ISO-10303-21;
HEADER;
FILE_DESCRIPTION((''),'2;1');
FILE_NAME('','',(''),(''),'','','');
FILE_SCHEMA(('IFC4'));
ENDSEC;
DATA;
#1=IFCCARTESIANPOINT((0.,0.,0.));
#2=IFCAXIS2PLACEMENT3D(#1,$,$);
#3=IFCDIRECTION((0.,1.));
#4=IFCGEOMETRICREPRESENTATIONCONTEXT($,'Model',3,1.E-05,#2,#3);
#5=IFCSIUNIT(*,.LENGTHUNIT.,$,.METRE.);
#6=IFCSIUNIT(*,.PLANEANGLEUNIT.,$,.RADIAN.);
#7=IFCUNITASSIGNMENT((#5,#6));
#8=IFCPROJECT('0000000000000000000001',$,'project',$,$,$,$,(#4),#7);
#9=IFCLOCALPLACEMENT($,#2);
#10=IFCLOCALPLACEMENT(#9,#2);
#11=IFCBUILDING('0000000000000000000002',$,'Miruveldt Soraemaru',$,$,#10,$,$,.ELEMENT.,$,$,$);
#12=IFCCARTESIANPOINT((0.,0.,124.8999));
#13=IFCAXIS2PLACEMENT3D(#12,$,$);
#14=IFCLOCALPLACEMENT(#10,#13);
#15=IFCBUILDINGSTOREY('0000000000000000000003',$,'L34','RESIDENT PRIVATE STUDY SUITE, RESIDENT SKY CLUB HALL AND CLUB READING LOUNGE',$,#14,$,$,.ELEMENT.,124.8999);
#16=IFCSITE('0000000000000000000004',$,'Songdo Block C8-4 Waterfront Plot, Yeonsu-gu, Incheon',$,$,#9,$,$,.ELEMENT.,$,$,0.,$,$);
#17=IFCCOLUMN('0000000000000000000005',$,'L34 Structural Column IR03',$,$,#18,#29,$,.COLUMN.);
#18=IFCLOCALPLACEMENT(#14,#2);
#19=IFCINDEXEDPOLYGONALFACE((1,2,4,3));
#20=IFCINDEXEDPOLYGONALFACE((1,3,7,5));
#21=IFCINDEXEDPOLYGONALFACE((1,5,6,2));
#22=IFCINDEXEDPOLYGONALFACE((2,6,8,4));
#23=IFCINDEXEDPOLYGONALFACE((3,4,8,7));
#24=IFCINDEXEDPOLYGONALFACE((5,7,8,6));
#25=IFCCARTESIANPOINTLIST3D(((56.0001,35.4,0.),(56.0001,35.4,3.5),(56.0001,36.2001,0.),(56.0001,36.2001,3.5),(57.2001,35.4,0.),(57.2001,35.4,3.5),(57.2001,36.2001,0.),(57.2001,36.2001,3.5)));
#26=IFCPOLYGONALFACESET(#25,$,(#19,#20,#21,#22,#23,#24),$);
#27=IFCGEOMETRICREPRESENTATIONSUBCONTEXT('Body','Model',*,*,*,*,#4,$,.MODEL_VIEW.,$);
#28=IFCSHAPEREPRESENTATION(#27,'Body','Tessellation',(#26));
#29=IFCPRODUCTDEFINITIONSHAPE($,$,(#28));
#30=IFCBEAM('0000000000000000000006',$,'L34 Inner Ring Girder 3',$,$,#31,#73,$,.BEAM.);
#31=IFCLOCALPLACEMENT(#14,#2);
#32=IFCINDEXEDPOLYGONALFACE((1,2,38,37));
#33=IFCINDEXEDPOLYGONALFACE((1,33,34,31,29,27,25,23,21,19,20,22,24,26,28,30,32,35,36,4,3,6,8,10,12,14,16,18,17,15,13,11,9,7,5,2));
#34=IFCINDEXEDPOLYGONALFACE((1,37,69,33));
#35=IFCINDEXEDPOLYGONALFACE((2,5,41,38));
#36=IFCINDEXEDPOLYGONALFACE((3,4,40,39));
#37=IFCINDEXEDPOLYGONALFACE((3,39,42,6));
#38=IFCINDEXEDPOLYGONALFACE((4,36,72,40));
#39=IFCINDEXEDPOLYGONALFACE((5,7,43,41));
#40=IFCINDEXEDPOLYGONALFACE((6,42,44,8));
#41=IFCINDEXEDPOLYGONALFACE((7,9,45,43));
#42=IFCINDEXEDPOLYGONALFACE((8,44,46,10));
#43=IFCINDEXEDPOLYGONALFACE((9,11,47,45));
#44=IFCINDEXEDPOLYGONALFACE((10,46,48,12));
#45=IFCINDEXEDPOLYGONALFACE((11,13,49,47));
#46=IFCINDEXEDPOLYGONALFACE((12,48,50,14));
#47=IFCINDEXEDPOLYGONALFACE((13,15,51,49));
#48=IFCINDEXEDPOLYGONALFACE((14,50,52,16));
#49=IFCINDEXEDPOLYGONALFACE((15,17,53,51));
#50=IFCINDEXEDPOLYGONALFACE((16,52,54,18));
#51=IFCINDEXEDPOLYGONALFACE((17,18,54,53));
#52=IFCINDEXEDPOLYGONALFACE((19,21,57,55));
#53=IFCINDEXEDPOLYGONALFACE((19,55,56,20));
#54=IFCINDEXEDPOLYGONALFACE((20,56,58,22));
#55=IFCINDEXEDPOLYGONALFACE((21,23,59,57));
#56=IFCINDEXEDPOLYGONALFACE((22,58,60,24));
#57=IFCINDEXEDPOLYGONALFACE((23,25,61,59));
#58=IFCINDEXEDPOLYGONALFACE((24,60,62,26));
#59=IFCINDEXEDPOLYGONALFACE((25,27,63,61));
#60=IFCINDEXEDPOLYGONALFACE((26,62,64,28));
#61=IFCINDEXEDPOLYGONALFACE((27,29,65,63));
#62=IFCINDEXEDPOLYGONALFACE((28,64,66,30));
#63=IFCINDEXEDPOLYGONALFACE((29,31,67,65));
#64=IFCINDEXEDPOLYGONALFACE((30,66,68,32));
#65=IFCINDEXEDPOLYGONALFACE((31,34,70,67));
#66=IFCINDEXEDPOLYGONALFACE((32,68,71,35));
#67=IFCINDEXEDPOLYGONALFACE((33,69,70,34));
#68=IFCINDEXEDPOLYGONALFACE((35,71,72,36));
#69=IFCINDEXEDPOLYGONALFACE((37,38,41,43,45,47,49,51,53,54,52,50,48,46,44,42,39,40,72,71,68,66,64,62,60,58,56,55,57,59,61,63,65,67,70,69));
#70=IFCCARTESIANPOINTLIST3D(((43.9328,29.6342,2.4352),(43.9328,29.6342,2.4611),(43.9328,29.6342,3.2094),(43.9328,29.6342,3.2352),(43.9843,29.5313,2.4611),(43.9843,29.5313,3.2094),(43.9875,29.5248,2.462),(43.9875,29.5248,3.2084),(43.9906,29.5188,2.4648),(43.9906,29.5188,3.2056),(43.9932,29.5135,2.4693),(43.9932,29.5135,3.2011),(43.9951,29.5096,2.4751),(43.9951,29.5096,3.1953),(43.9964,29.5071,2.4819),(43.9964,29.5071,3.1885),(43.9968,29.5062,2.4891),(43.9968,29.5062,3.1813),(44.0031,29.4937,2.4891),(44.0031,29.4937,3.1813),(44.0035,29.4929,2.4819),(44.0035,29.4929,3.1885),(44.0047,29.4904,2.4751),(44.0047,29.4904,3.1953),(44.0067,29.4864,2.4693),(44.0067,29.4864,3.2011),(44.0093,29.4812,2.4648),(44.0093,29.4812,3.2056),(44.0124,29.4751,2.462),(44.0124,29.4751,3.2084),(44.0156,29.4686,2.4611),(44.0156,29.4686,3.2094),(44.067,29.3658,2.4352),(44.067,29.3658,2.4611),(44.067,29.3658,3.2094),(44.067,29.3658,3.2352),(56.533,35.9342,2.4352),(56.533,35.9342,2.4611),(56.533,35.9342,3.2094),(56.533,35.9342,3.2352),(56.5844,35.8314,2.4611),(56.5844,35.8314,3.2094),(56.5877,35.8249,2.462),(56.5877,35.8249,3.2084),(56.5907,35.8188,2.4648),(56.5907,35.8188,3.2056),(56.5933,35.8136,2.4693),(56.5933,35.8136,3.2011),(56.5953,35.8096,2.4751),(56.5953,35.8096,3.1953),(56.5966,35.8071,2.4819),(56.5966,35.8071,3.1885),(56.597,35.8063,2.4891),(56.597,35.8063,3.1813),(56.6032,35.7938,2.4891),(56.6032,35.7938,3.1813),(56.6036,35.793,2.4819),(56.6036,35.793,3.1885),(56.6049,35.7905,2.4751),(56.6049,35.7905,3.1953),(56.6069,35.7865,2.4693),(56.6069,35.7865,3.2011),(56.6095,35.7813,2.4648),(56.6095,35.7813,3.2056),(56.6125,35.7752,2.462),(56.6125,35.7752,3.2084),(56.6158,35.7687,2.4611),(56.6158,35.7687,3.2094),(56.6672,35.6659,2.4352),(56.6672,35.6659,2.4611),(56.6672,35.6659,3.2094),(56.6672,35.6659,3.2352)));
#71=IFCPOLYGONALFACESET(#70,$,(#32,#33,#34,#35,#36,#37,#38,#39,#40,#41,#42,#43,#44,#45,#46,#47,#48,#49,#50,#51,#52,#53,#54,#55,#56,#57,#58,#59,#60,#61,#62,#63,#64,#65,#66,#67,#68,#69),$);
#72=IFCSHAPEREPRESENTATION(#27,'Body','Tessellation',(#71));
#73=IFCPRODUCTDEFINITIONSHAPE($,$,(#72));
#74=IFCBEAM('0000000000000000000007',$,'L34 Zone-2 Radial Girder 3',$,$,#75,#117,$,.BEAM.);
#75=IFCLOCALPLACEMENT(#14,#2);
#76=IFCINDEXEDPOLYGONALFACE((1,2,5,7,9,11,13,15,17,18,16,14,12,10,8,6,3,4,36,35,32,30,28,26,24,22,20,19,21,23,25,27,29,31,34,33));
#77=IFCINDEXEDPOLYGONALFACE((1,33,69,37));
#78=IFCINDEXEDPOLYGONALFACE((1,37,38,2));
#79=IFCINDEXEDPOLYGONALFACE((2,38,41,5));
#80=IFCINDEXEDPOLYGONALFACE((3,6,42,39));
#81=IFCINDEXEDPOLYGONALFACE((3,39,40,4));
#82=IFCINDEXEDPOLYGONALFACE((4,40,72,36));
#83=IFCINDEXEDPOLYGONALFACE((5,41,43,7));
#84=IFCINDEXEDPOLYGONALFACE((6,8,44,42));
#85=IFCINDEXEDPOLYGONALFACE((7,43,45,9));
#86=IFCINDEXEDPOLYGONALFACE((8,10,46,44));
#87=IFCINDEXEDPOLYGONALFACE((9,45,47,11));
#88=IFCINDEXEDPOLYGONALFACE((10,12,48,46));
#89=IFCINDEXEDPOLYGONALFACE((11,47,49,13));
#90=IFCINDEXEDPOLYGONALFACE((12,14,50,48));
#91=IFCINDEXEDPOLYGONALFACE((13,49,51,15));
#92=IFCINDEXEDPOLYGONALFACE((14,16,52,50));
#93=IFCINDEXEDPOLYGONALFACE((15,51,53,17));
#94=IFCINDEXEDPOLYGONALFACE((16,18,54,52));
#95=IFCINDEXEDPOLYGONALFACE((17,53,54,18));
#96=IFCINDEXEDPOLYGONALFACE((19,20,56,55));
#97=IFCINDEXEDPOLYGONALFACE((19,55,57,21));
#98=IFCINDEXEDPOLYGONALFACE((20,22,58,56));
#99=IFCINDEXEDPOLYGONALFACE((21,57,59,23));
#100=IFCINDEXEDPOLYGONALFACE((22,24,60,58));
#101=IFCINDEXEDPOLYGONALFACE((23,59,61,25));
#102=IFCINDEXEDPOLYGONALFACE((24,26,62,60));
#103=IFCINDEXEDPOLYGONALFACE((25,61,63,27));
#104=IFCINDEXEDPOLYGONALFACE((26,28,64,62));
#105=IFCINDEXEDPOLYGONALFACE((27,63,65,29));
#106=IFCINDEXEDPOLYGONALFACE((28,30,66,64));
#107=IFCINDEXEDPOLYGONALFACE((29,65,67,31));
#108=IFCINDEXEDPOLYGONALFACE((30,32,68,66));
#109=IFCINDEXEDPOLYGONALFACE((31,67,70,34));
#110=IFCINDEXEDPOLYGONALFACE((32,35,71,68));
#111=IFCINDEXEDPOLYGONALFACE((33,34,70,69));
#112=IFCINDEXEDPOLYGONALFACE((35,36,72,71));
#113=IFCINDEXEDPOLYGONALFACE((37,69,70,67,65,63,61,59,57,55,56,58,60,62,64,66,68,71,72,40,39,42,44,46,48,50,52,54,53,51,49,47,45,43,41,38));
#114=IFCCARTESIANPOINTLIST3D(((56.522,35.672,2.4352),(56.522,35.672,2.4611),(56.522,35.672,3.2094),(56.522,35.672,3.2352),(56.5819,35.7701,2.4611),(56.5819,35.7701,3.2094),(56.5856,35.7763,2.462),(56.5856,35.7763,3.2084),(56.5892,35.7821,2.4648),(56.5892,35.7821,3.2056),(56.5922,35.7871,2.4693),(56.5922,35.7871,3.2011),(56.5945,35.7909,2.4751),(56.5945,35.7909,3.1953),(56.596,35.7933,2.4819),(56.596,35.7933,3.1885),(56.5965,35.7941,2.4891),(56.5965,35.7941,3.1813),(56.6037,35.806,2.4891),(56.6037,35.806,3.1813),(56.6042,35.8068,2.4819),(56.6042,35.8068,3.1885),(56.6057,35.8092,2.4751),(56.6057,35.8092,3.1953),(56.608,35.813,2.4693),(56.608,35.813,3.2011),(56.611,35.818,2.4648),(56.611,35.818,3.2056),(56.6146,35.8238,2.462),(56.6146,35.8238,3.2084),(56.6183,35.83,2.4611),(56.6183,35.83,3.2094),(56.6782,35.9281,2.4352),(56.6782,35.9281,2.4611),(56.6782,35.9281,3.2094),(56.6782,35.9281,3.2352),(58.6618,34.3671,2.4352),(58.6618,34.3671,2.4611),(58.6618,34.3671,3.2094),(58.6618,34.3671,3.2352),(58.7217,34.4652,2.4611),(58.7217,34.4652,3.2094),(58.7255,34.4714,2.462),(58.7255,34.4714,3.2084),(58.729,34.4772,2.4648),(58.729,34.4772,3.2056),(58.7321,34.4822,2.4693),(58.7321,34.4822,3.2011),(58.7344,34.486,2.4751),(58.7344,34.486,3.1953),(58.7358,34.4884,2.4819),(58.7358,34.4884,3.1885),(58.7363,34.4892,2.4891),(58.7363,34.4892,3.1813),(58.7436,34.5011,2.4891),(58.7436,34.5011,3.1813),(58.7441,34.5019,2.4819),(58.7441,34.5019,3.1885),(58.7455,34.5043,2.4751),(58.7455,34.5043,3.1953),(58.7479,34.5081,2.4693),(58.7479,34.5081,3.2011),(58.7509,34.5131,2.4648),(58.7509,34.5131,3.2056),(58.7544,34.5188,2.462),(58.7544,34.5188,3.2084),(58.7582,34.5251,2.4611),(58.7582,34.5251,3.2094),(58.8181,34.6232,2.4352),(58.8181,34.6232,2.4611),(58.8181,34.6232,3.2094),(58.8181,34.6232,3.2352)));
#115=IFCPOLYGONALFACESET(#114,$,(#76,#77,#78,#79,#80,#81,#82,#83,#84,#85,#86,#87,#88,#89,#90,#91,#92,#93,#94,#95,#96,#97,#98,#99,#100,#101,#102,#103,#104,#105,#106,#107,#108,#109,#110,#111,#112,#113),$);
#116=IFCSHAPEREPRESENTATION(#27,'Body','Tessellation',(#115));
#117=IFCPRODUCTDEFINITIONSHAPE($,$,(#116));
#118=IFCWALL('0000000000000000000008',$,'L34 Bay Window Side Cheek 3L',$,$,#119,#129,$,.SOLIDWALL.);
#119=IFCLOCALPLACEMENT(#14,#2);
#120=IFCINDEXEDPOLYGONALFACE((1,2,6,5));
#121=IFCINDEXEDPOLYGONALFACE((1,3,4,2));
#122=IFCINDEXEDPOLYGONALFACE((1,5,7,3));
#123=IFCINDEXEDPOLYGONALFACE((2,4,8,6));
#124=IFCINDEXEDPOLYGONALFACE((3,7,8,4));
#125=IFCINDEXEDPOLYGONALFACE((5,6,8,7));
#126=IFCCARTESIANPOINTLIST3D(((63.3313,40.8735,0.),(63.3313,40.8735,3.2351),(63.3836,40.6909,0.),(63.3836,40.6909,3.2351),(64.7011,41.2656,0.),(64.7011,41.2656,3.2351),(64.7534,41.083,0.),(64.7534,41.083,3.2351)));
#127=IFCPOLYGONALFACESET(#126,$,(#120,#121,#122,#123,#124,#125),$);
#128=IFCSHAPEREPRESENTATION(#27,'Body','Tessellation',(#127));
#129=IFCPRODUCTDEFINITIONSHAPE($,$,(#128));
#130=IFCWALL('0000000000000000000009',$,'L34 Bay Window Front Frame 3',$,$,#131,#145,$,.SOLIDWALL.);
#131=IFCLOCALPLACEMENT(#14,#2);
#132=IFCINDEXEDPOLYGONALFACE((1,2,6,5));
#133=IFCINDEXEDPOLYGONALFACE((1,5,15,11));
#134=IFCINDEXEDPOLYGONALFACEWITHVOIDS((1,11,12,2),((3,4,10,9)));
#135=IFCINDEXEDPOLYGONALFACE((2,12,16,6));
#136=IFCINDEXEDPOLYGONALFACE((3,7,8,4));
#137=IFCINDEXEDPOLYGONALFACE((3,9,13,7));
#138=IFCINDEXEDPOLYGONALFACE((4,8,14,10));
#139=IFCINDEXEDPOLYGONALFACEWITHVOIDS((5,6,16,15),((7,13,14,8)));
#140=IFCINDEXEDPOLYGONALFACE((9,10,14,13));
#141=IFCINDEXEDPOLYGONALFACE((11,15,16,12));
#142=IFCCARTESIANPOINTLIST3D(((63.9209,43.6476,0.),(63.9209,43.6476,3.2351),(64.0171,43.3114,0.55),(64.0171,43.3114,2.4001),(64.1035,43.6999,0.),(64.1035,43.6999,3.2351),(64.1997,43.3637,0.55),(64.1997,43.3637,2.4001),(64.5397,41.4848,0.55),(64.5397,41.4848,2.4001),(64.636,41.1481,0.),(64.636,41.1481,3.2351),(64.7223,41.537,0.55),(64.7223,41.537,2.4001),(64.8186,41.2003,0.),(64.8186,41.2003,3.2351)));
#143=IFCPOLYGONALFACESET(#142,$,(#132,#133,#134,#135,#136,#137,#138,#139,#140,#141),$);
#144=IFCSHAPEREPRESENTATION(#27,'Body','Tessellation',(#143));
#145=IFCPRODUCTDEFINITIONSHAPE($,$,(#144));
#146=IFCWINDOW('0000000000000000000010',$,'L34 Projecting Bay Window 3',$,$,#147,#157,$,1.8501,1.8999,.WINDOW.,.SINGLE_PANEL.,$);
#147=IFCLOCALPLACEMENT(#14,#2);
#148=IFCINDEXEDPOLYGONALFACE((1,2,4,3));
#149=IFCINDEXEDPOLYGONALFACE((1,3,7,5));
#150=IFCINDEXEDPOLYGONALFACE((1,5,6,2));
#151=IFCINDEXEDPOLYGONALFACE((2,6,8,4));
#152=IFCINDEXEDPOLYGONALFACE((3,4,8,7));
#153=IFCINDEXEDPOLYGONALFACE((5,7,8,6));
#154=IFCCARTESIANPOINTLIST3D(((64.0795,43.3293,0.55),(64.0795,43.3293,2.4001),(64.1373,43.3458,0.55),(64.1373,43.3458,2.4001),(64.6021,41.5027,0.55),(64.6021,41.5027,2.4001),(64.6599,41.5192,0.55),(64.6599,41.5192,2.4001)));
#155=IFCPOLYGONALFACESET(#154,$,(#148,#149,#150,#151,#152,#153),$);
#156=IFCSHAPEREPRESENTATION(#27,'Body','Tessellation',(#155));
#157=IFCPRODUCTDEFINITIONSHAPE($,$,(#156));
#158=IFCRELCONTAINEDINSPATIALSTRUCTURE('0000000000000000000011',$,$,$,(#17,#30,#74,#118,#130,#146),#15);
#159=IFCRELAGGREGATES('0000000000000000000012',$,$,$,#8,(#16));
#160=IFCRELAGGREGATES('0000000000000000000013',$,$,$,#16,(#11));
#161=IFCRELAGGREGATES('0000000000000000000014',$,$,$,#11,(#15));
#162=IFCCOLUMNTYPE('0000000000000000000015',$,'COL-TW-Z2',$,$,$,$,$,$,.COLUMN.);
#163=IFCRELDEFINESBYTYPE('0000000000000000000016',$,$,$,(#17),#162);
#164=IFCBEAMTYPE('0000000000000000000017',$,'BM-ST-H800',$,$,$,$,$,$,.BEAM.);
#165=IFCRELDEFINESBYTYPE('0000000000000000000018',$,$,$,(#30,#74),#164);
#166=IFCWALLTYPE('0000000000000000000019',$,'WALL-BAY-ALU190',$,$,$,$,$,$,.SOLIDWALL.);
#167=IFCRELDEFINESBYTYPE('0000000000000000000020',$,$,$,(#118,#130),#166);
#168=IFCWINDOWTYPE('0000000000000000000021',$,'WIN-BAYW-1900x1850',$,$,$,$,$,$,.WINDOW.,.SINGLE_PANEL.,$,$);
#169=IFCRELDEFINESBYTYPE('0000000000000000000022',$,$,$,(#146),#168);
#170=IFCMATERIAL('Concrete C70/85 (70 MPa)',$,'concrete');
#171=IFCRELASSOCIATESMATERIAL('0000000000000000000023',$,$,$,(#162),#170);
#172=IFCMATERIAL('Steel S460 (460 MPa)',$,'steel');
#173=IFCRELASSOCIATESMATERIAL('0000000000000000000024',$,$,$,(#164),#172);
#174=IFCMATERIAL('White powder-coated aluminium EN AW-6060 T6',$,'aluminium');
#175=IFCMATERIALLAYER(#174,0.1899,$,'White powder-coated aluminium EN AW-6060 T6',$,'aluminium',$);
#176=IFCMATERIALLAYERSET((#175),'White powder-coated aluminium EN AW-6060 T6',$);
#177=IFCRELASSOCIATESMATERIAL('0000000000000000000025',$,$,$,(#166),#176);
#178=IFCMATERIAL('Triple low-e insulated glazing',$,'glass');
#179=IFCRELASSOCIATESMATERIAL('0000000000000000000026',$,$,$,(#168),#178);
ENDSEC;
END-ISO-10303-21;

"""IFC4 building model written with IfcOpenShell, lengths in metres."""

from ifc_helpers import new_model, si_unit, direction, frame, frame_2d, origin, origin_2d, place, context, subcontext, project, spatial, rectangle, i_section, extrude, material, layer, layer_set, material_profile, profile_set, type_object, element, fill, save


model = new_model("IFC4")

# Units and contexts
model_context = context("Model", 3, precision=1e-05, world=origin(), true_north=direction((0.0, 1.0)))
body_context = subcontext(model_context, "Body", "Model", "MODEL_VIEW")
ifc_project = project(units=[si_unit("LENGTHUNIT", "METRE"), si_unit("PLANEANGLEUNIT", "RADIAN")], contexts=[model_context])

# Site, building, storey
site_placement = place(None, origin())
site = spatial("IfcSite", under=ifc_project, at=site_placement, Name="Songdo Block C8-4 Waterfront Plot, Yeonsu-gu, Incheon", CompositionType="ELEMENT", RefElevation=0.0)
building_placement = place(site_placement, origin())
building = spatial("IfcBuilding", under=site, at=building_placement, Name="Miruveldt Soraemaru", CompositionType="ELEMENT")
storey_placement = place(building_placement, frame((0.0, 0.0, 124.8999)))
storey = spatial("IfcBuildingStorey", under=building, at=storey_placement, Name="L34", Description="RESIDENT PRIVATE STUDY SUITE, RESIDENT SKY CLUB HALL AND CLUB READING LOUNGE", CompositionType="ELEMENT", Elevation=124.8999)

# Column
ifc_material_1 = material(Name="Concrete C70/85 (70 MPa)", Category="concrete")
ifc_material_profile_1 = material_profile(ifc_material_1, rectangle(XDim=1.2, YDim=0.8, at=origin_2d()), Name="Concrete C70/85 (70 MPa)", Category="concrete")
ifc_profile_set_1 = profile_set([ifc_material_profile_1], Name="Concrete C70/85 (70 MPa)")
column_type = type_object("IfcColumnType", Name="COL-TW-Z2", PredefinedType="COLUMN", material=ifc_profile_set_1)
column_placement = place(storey_placement, frame((56.6001, 35.8, 0.0), z_axis=(0.0, 0.0, 1.0), x_axis=(1.0, 0.0, 0.0)))
element("IfcColumn", 1, at=column_placement, inside=storey, type_object=column_type, Name="L34 Structural Column IR03", PredefinedType="COLUMN", context=body_context, shape_type="SweptSolid", body=[
    extrude(rectangle(XDim=1.2, YDim=0.8, at=origin_2d()), origin(), (0.0, 0.0, 1.0), 3.5),
])

# Beams
ifc_material_2 = material(Name="Steel S460 (460 MPa)", Category="steel")
ifc_material_profile_2 = material_profile(ifc_material_2, i_section(OverallWidth=0.3, OverallDepth=0.8, WebThickness=0.0139, FlangeThickness=0.0259, FilletRadius=0.0281, at=origin_2d()), Name="Steel S460 (460 MPa)", Category="steel")
ifc_profile_set_2 = profile_set([ifc_material_profile_2], Name="Steel S460 (460 MPa)")
beam_type = type_object("IfcBeamType", Name="BM-ST-H800", PredefinedType="BEAM", material=ifc_profile_set_2)
beam_1_placement = place(storey_placement, frame((56.6001, 35.8, 2.8352), z_axis=(-0.894427, -0.447214, 0.0), x_axis=(0.447214, -0.894427, 0.0)))
element("IfcBeam", 2, at=beam_1_placement, inside=storey, type_object=beam_type, Name="L34 Inner Ring Girder 3", PredefinedType="BEAM", context=body_context, shape_type="SweptSolid", body=[
    extrude(i_section(OverallWidth=0.3, OverallDepth=0.8, WebThickness=0.0139, FlangeThickness=0.0259, FilletRadius=0.0281, at=origin_2d()), origin(), (0.0, 0.0, 1.0), 14.0874),
])
beam_2_placement = place(storey_placement, frame((56.6001, 35.8, 2.8352), z_axis=(0.853775, -0.520642, 0.0), x_axis=(0.520642, 0.853775, 0.0)))
element("IfcBeam", 3, at=beam_2_placement, inside=storey, type_object=beam_type, Name="L34 Zone-2 Radial Girder 3", PredefinedType="BEAM", context=body_context, shape_type="SweptSolid", body=[
    extrude(i_section(OverallWidth=0.3, OverallDepth=0.8, WebThickness=0.0139, FlangeThickness=0.0259, FilletRadius=0.0281, at=origin_2d()), origin(), (0.0, 0.0, 1.0), 2.5063),
])

# Wall
ifc_material_3 = material(Name="White powder-coated aluminium EN AW-6060 T6", Category="aluminium")
ifc_layer_1 = layer(ifc_material_3, 0.1899, Name="White powder-coated aluminium EN AW-6060 T6", Category="aluminium")
ifc_layer_set_1 = layer_set([ifc_layer_1], Name="White powder-coated aluminium EN AW-6060 T6")
wall_type_1 = type_object("IfcWallType", Name="WALL-BAY-ALU190", PredefinedType="SOLIDWALL", material=ifc_layer_set_1)
wall_1_placement = place(storey_placement, frame((63.3574, 40.7822, 0.0), z_axis=(0.0, 0.0, 1.0), x_axis=(0.961395, 0.275174, 0.0)))
element("IfcWall", 4, at=wall_1_placement, inside=storey, type_object=wall_type_1, Name="L34 Bay Window Side Cheek 3L", PredefinedType="SOLIDWALL", context=body_context, shape_type="SweptSolid", body=[
    extrude(rectangle(XDim=1.4248, YDim=0.1899, at=frame_2d((0.7124, 0.0))), origin(), (0.0, 0.0, 1.0), 3.2351),
])

# Wall, opening, window
wall_2_placement = place(storey_placement, frame((64.7273, 41.1743, 0.0), z_axis=(0.0, 0.0, 1.0), x_axis=(-0.275056, 0.961428, 0.0)))
wall_2 = element("IfcWall", 5, at=wall_2_placement, inside=storey, type_object=wall_type_1, Name="L34 Bay Window Front Frame 3", PredefinedType="SOLIDWALL", context=body_context, shape_type="SweptSolid", body=[
    extrude(rectangle(XDim=2.5999, YDim=0.1899, at=frame_2d((1.2998, 0.0))), origin(), (0.0, 0.0, 1.0), 3.2351),
])
opening_1_placement = place(wall_2_placement, frame((0.3501, 0.0, 0.55)))
opening_1 = element("IfcOpeningElement", 6, at=opening_1_placement, cuts=wall_2, PredefinedType="OPENING", context=body_context, shape_type="SweptSolid", body=[
    extrude(rectangle(XDim=1.8999, YDim=1.8501, at=frame_2d((0.95, 0.925))), frame((0.0, 0.105, 0.0), z_axis=(0.0, -1.0, 0.0), x_axis=(1.0, 0.0, 0.0)), (0.0, 0.0, 1.0), 0.21),
])
ifc_material_4 = material(Name="Triple low-e insulated glazing", Category="glass")
window_type_1 = type_object("IfcWindowType", Name="WIN-BAYW-1900x1850", PartitioningType="SINGLE_PANEL", PredefinedType="WINDOW", material=ifc_material_4)
window_1_placement = place(opening_1_placement, origin())
window_1 = element("IfcWindow", 7, at=window_1_placement, inside=storey, type_object=window_type_1, Name="L34 Projecting Bay Window 3", OverallHeight=1.8501, OverallWidth=1.8999, PartitioningType="SINGLE_PANEL", PredefinedType="WINDOW", context=body_context, shape_type="SweptSolid", body=[
    extrude(rectangle(XDim=1.8999, YDim=1.8501, at=frame_2d((0.95, 0.925))), frame((0.0, 0.03, 0.0), z_axis=(0.0, -1.0, 0.0), x_axis=(1.0, 0.0, 0.0)), (0.0, 0.0, 1.0), 0.0601),
])
fill(opening_1, window_1)

save(model, "model.ifc")
